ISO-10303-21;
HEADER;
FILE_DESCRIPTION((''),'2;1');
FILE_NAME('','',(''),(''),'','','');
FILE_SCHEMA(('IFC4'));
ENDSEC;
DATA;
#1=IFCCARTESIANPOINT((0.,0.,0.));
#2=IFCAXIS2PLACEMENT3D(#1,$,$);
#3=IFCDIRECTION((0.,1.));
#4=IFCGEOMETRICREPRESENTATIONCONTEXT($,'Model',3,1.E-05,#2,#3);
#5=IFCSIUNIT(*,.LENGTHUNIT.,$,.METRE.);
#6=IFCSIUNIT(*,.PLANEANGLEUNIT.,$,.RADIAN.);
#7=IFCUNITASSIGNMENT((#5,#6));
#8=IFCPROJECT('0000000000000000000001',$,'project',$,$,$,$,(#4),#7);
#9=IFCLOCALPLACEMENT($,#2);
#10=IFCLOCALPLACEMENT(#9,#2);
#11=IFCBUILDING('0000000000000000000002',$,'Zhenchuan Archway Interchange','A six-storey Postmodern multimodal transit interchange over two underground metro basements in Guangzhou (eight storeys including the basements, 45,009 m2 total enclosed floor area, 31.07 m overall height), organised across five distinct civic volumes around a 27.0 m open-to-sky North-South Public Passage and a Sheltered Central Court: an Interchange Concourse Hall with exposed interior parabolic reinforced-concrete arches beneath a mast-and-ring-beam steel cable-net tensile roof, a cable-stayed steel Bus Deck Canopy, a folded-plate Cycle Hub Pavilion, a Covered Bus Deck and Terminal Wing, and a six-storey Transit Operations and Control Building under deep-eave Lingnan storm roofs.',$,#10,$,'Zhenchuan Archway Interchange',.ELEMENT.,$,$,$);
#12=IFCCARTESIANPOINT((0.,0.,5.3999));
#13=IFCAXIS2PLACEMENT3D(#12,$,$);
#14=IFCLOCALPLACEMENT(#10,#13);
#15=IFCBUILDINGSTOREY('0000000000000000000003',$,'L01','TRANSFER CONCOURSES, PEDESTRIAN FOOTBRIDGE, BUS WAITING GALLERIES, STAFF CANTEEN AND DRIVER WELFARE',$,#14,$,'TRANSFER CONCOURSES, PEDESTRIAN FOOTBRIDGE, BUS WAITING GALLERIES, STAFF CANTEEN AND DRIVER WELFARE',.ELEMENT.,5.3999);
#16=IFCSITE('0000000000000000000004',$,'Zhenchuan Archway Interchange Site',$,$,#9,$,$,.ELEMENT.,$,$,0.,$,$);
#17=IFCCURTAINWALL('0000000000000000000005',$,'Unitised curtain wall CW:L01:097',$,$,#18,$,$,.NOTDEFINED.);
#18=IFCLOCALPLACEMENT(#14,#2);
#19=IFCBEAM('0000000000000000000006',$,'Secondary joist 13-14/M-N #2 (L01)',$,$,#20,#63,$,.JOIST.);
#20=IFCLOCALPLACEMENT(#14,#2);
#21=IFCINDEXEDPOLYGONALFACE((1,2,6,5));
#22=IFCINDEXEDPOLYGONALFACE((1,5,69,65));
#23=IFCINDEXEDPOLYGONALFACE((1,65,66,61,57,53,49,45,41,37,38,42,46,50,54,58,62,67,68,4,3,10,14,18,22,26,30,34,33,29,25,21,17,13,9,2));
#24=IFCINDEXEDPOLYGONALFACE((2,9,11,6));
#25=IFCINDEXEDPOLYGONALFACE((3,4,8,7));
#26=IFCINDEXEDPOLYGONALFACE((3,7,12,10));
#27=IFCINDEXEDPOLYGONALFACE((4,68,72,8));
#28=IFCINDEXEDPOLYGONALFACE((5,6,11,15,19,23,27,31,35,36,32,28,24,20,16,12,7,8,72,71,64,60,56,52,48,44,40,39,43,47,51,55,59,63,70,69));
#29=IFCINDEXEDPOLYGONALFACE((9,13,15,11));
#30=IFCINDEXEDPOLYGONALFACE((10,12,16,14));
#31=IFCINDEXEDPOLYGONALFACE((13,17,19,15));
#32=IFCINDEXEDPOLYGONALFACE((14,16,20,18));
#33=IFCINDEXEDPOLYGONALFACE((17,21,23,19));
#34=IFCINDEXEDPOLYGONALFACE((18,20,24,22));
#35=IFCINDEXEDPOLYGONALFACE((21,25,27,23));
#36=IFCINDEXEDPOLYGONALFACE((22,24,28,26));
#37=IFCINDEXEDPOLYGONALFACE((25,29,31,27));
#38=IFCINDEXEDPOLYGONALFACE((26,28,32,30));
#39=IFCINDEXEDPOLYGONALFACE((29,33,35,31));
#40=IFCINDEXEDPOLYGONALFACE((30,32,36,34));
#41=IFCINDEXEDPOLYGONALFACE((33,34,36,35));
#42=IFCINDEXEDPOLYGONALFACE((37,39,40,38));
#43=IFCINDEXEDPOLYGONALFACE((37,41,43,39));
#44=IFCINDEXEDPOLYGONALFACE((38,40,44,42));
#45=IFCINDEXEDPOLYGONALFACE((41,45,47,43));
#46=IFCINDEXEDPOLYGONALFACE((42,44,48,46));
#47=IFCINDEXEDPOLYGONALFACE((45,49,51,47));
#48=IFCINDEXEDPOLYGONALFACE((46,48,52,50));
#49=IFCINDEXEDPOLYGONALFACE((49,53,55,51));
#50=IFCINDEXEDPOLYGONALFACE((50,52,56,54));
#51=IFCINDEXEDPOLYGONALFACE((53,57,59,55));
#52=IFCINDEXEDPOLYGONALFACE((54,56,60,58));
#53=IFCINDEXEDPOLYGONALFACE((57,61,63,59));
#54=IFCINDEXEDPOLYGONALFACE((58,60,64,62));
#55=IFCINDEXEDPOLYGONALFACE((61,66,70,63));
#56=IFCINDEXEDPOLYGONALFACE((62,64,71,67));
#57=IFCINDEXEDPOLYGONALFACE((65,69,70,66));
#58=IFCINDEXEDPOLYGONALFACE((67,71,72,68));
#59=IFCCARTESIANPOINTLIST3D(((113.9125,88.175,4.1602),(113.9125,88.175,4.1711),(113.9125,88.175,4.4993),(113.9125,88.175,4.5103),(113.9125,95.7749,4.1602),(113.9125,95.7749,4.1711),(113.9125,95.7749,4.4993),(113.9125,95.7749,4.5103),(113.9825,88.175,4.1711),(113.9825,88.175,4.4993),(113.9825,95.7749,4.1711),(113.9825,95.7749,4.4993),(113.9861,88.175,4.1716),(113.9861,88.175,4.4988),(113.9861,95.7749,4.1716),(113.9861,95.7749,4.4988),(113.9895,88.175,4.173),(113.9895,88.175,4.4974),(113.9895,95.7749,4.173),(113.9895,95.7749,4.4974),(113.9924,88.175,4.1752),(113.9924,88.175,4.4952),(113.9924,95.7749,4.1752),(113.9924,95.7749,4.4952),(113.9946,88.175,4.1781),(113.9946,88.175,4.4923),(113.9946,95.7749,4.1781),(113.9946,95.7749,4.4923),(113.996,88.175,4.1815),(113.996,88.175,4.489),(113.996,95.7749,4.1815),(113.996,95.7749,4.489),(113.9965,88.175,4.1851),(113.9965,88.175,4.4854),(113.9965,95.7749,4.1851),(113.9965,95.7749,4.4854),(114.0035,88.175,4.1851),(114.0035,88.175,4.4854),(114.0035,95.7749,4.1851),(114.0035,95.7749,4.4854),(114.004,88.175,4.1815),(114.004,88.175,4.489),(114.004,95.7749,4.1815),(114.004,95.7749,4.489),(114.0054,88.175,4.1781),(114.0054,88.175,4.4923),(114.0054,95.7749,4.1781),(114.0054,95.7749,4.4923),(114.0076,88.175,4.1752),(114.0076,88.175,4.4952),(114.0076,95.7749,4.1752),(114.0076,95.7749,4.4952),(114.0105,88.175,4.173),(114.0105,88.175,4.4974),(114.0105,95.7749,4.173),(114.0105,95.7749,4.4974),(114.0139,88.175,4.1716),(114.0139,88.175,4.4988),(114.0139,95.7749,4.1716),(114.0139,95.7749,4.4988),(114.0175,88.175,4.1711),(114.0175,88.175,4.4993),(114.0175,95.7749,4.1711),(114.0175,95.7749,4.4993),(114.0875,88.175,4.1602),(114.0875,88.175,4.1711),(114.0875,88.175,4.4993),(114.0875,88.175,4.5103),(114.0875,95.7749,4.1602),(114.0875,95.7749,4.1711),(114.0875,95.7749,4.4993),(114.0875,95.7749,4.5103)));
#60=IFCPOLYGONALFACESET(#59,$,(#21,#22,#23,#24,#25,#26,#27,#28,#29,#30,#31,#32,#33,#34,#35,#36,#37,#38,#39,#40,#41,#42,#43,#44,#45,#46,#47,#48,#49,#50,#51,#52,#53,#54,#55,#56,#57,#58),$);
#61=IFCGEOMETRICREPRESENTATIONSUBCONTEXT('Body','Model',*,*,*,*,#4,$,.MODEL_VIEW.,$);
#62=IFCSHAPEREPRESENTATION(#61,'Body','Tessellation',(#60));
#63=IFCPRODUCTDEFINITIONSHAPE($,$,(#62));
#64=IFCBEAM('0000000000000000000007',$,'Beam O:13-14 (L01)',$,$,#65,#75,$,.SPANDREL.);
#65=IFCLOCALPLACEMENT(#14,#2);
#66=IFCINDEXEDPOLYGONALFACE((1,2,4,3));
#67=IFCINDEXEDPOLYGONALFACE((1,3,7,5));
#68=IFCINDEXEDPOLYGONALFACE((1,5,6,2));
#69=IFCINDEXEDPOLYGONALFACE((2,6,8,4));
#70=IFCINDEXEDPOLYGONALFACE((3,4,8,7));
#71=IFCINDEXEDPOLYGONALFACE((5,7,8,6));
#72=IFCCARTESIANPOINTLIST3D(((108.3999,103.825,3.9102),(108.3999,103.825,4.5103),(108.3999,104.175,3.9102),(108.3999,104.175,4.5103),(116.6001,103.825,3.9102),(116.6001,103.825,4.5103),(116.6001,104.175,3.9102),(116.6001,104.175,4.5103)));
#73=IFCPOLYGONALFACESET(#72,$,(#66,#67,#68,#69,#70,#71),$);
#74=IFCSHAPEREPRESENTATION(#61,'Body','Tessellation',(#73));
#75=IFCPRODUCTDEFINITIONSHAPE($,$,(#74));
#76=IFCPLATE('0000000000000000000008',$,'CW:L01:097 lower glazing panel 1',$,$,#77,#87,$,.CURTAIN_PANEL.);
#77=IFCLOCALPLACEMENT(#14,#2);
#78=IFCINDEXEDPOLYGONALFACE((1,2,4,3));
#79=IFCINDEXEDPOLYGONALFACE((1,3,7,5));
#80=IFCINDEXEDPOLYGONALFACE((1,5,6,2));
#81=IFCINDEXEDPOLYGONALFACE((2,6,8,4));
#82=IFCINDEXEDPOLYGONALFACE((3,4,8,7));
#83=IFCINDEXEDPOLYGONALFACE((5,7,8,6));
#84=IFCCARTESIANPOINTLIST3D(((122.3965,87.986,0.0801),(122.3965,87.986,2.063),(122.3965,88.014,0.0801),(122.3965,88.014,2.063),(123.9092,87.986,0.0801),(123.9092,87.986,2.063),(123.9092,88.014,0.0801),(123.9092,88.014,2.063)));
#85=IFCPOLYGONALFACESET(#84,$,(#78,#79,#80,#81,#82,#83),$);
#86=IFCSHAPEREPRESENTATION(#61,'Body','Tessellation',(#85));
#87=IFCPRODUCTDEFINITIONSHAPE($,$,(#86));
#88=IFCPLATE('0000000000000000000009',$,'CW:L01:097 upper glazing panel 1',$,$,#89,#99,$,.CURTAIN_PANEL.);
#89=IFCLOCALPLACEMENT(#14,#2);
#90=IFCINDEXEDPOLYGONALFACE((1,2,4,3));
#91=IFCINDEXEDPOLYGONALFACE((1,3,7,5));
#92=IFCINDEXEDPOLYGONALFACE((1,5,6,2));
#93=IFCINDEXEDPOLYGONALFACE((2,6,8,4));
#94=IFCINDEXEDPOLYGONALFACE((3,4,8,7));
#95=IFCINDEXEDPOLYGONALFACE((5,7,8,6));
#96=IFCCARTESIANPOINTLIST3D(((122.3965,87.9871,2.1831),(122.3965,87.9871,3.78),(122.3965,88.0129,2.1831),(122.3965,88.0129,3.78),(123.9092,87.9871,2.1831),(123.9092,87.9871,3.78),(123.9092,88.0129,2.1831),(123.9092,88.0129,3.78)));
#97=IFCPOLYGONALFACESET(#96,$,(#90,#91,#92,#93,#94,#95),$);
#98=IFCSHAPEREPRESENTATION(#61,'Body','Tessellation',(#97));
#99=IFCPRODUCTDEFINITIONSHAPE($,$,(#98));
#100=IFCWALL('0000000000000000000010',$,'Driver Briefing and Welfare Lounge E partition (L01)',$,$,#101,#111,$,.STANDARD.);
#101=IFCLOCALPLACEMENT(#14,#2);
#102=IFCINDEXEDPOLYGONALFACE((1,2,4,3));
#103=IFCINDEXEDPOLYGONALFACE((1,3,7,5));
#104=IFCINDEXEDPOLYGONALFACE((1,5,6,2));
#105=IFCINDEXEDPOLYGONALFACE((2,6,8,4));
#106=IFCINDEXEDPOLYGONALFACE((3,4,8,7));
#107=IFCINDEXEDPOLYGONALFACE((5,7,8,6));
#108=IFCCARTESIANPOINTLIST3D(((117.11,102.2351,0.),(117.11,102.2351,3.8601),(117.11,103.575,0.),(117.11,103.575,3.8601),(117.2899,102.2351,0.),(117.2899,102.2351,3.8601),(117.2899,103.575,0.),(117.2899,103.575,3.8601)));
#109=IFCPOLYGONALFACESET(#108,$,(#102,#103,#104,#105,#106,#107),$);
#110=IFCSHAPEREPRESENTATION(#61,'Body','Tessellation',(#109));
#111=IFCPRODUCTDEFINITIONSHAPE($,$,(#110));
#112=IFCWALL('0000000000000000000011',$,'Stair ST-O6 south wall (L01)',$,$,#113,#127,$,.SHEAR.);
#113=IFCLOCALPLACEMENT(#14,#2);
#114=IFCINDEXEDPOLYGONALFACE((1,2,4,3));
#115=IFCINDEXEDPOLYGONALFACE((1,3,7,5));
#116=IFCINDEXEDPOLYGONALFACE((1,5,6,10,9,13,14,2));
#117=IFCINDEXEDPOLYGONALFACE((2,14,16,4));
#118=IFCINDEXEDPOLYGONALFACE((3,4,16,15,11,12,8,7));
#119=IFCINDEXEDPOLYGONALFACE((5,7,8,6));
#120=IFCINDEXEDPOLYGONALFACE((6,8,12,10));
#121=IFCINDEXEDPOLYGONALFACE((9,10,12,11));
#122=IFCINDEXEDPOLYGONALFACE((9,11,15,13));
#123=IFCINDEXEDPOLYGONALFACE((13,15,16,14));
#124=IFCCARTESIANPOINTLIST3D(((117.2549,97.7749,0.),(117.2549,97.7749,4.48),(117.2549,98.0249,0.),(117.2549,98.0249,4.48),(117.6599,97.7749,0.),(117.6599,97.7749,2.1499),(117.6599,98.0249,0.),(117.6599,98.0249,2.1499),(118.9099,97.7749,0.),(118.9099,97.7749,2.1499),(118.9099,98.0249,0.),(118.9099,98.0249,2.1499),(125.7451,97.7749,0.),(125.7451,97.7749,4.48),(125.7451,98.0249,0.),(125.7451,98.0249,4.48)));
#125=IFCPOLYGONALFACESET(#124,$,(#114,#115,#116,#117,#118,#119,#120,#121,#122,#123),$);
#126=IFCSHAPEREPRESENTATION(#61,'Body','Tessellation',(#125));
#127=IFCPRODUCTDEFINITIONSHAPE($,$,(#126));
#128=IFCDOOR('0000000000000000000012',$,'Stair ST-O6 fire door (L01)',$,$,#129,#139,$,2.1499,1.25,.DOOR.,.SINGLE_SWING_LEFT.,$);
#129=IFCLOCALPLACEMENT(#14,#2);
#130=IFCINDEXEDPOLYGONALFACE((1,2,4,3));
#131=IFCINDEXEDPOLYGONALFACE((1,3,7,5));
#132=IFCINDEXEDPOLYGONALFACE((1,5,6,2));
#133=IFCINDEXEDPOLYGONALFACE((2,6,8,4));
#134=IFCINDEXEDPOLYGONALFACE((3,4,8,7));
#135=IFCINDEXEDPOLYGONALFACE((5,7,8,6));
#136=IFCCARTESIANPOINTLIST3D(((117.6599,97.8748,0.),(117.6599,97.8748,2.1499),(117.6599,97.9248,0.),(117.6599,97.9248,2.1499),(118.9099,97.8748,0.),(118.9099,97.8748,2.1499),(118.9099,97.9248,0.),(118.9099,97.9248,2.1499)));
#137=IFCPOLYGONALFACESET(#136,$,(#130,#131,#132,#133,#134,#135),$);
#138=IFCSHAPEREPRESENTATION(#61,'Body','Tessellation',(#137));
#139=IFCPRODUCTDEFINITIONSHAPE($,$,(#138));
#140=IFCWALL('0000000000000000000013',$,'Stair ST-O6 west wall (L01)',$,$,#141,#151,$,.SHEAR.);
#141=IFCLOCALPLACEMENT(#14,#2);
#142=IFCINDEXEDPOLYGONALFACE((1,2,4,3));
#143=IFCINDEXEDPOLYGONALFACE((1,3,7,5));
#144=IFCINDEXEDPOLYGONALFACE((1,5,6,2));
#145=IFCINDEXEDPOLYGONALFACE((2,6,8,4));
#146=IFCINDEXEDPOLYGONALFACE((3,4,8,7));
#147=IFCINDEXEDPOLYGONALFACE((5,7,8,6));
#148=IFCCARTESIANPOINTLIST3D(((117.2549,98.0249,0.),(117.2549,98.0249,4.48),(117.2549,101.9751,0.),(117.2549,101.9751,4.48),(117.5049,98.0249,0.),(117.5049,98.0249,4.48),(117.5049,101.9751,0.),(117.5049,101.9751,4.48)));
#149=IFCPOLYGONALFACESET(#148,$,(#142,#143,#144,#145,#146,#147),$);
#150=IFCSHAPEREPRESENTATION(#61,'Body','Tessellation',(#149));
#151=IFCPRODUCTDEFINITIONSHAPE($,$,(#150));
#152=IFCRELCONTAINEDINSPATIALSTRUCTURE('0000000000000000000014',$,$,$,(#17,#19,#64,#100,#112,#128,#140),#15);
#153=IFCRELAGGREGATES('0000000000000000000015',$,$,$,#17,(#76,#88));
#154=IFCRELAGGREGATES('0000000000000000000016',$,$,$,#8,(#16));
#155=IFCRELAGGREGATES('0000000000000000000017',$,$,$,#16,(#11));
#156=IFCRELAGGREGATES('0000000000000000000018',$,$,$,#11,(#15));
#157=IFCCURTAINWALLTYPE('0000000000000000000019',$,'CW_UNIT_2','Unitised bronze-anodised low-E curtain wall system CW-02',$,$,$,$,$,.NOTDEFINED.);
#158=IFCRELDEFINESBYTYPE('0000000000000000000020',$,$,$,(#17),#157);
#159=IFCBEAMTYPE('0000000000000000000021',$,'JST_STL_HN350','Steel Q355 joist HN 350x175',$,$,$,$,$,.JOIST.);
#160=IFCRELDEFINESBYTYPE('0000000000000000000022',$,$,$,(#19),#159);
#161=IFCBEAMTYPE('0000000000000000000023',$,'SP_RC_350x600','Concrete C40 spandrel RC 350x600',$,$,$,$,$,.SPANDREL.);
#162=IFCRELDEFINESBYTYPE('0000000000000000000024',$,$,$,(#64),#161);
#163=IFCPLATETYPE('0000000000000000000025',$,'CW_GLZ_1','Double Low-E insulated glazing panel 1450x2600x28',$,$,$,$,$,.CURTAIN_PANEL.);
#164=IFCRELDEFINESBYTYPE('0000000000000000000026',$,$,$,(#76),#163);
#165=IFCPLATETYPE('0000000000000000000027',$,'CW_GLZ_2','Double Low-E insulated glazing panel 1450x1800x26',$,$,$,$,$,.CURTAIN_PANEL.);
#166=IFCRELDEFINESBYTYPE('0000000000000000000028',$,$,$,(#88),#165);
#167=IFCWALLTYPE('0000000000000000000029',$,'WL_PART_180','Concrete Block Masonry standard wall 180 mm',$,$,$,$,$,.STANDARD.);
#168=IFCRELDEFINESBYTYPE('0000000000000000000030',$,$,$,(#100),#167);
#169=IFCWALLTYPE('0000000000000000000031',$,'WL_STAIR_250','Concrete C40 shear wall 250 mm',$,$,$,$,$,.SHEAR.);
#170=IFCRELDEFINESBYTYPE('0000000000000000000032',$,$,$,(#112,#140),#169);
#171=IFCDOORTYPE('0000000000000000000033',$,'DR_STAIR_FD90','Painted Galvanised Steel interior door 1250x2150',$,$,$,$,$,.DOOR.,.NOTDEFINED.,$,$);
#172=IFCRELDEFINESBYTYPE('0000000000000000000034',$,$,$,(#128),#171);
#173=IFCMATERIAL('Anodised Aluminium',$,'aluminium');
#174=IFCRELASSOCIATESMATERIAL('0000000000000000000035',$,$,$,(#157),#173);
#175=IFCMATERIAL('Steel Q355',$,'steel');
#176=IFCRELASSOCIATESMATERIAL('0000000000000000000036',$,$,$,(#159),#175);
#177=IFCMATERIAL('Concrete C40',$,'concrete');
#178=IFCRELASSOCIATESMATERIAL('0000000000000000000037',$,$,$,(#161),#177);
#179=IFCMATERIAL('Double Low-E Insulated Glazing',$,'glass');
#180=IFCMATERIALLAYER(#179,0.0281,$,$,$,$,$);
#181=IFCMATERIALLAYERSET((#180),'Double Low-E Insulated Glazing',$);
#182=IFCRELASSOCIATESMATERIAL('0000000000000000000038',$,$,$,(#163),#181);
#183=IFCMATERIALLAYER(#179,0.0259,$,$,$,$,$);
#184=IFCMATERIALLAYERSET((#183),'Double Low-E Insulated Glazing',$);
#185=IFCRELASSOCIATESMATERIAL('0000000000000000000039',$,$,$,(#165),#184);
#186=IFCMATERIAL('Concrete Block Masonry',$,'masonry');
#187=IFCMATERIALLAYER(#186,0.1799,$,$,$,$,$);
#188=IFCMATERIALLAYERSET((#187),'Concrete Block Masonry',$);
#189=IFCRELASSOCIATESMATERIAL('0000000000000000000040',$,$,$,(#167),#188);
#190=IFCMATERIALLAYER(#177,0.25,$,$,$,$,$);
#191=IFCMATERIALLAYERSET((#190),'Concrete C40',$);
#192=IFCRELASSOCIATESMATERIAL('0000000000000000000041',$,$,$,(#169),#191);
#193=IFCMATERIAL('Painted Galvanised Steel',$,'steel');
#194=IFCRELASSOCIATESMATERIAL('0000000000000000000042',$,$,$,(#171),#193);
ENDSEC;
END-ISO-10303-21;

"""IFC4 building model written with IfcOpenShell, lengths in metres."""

from ifc_helpers import new_model, si_unit, direction, frame, frame_2d, origin, origin_2d, place, context, subcontext, project, spatial, rectangle, i_section, extrude, material, layer, layer_set, material_profile, profile_set, type_object, element, fill, aggregate, save


model = new_model("IFC4")

# Units and contexts
model_context = context("Model", 3, precision=1e-05, world=origin(), true_north=direction((0.0, 1.0)))
body_context = subcontext(model_context, "Body", "Model", "MODEL_VIEW")
ifc_project = project(units=[si_unit("LENGTHUNIT", "METRE"), si_unit("PLANEANGLEUNIT", "RADIAN")], contexts=[model_context])

# Site, building, storey
site_placement = place(None, origin())
site = spatial("IfcSite", under=ifc_project, at=site_placement, Name="Zhenchuan Archway Interchange Site", CompositionType="ELEMENT", RefElevation=0.0)
building_placement = place(site_placement, origin())
building = spatial("IfcBuilding", under=site, at=building_placement, Name="Zhenchuan Archway Interchange", Description="A six-storey Postmodern multimodal transit interchange over two underground metro basements in Guangzhou (eight storeys including the basements, 45,009 m2 total enclosed floor area, 31.07 m overall height), organised across five distinct civic volumes around a 27.0 m open-to-sky North-South Public Passage and a Sheltered Central Court: an Interchange Concourse Hall with exposed interior parabolic reinforced-concrete arches beneath a mast-and-ring-beam steel cable-net tensile roof, a cable-stayed steel Bus Deck Canopy, a folded-plate Cycle Hub Pavilion, a Covered Bus Deck and Terminal Wing, and a six-storey Transit Operations and Control Building under deep-eave Lingnan storm roofs.", LongName="Zhenchuan Archway Interchange", CompositionType="ELEMENT")
storey_placement = place(building_placement, frame((0.0, 0.0, 5.3999)))
storey = spatial("IfcBuildingStorey", under=building, at=storey_placement, Name="L01", Description="TRANSFER CONCOURSES, PEDESTRIAN FOOTBRIDGE, BUS WAITING GALLERIES, STAFF CANTEEN AND DRIVER WELFARE", LongName="TRANSFER CONCOURSES, PEDESTRIAN FOOTBRIDGE, BUS WAITING GALLERIES, STAFF CANTEEN AND DRIVER WELFARE", CompositionType="ELEMENT", Elevation=5.3999)

# Shared definitions
ifc_material_1 = material(Name="Concrete C40", Category="concrete")

# Curtain wall
ifc_material_2 = material(Name="Anodised Aluminium", Category="aluminium")
curtain_wall_type = type_object("IfcCurtainWallType", Name="CW_UNIT_2", Description="Unitised bronze-anodised low-E curtain wall system CW-02", PredefinedType="NOTDEFINED", material=ifc_material_2)
curtain_wall_placement = place(storey_placement, origin())
curtain_wall = element("IfcCurtainWall", 1, at=curtain_wall_placement, inside=storey, type_object=curtain_wall_type, Name="Unitised curtain wall CW:L01:097", PredefinedType="NOTDEFINED")

# Beams
ifc_material_3 = material(Name="Steel Q355", Category="steel")
ifc_material_profile_1 = material_profile(ifc_material_3, i_section(OverallWidth=0.175, OverallDepth=0.3501, WebThickness=0.0071, FlangeThickness=0.011, FilletRadius=0.0139, at=origin_2d()), Name="HN 350x175")
ifc_profile_set_1 = profile_set([ifc_material_profile_1], Name="Steel Q355")
beam_type_1 = type_object("IfcBeamType", Name="JST_STL_HN350", Description="Steel Q355 joist HN 350x175", PredefinedType="JOIST", material=ifc_profile_set_1)
for number, where, z_axis, x_axis, name in (
    (2, (114.0, 88.175, 4.3352), (0.0, 1.0, 0.0), (-1.0, 0.0, 0.0), "Secondary joist 13-14/M-N #2 (L01)"),
):
    element("IfcBeam", number, at=place(storey_placement, frame(where, z_axis=z_axis, x_axis=x_axis)), inside=storey, type_object=beam_type_1, Name=name, PredefinedType="JOIST", context=body_context, shape_type="SweptSolid", body=[
        extrude(i_section(OverallWidth=0.175, OverallDepth=0.3501, WebThickness=0.0071, FlangeThickness=0.011, FilletRadius=0.0139, at=origin_2d()), origin(), (0.0, 0.0, 1.0), 7.5999),
    ])
ifc_material_profile_2 = material_profile(ifc_material_1, rectangle(XDim=0.3501, YDim=0.6001, at=origin_2d()), Name="RC 350x600")
ifc_profile_set_2 = profile_set([ifc_material_profile_2], Name="Concrete C40")
beam_type_2 = type_object("IfcBeamType", Name="SP_RC_350x600", Description="Concrete C40 spandrel RC 350x600", PredefinedType="SPANDREL", material=ifc_profile_set_2)
beam_1_placement = place(storey_placement, frame((108.3999, 104.0, 4.2102), z_axis=(1.0, 0.0, 0.0), x_axis=(0.0, 1.0, 0.0)))
element("IfcBeam", 3, at=beam_1_placement, inside=storey, type_object=beam_type_2, Name="Beam O:13-14 (L01)", PredefinedType="SPANDREL", context=body_context, shape_type="SweptSolid", body=[
    extrude(rectangle(XDim=0.3501, YDim=0.6001, at=origin_2d()), origin(), (0.0, 0.0, 1.0), 8.2002),
])

# Plates
ifc_material_4 = material(Name="Double Low-E Insulated Glazing", Category="glass")
ifc_layer_1 = layer(ifc_material_4, 0.0281)
ifc_layer_set_1 = layer_set([ifc_layer_1], Name="Double Low-E Insulated Glazing")
plate_type_1 = type_object("IfcPlateType", Name="CW_GLZ_1", Description="Double Low-E insulated glazing panel 1450x2600x28", PredefinedType="CURTAIN_PANEL", material=ifc_layer_set_1)
plate_1_placement = place(storey_placement, frame((123.1528, 88.0, 0.0801), z_axis=(0.0, 0.0, 1.0), x_axis=(-1.0, 0.0, 0.0)))
plate_1 = element("IfcPlate", 4, at=plate_1_placement, type_object=plate_type_1, Name="CW:L01:097 lower glazing panel 1", PredefinedType="CURTAIN_PANEL", context=body_context, shape_type="SweptSolid", body=[
    extrude(rectangle(XDim=1.5127, YDim=0.0281, at=origin_2d()), origin(), (0.0, 0.0, 1.0), 1.9829),
])
ifc_layer_2 = layer(ifc_material_4, 0.0259)
ifc_layer_set_2 = layer_set([ifc_layer_2], Name="Double Low-E Insulated Glazing")
plate_type_2 = type_object("IfcPlateType", Name="CW_GLZ_2", Description="Double Low-E insulated glazing panel 1450x1800x26", PredefinedType="CURTAIN_PANEL", material=ifc_layer_set_2)
plate_2_placement = place(storey_placement, frame((123.1528, 88.0, 2.1831), z_axis=(0.0, 0.0, 1.0), x_axis=(-1.0, 0.0, 0.0)))
plate_2 = element("IfcPlate", 5, at=plate_2_placement, type_object=plate_type_2, Name="CW:L01:097 upper glazing panel 1", PredefinedType="CURTAIN_PANEL", context=body_context, shape_type="SweptSolid", body=[
    extrude(rectangle(XDim=1.5127, YDim=0.0259, at=origin_2d()), origin(), (0.0, 0.0, 1.0), 1.5969),
])
aggregate(curtain_wall, [plate_1, plate_2])

# Wall
ifc_material_5 = material(Name="Concrete Block Masonry", Category="masonry")
ifc_layer_3 = layer(ifc_material_5, 0.1799)
ifc_layer_set_3 = layer_set([ifc_layer_3], Name="Concrete Block Masonry")
wall_type_1 = type_object("IfcWallType", Name="WL_PART_180", Description="Concrete Block Masonry standard wall 180 mm", PredefinedType="STANDARD", material=ifc_layer_set_3)
wall_1_placement = place(storey_placement, frame((117.2, 102.2351, 0.0), z_axis=(0.0, 0.0, 1.0), x_axis=(0.0, 1.0, 0.0)))
element("IfcWall", 6, at=wall_1_placement, inside=storey, type_object=wall_type_1, Name="Driver Briefing and Welfare Lounge E partition (L01)", PredefinedType="STANDARD", context=body_context, shape_type="SweptSolid", body=[
    extrude(rectangle(XDim=1.3398, YDim=0.1799, at=frame_2d((0.6699, 0.0))), origin(), (0.0, 0.0, 1.0), 3.8601),
])

# Wall, opening, door
ifc_layer_4 = layer(ifc_material_1, 0.25)
ifc_layer_set_4 = layer_set([ifc_layer_4], Name="Concrete C40")
wall_type_2 = type_object("IfcWallType", Name="WL_STAIR_250", Description="Concrete C40 shear wall 250 mm", PredefinedType="SHEAR", material=ifc_layer_set_4)
wall_2_placement = place(storey_placement, frame((117.2549, 97.8999, 0.0), z_axis=(0.0, 0.0, 1.0), x_axis=(1.0, 0.0, 0.0)))
wall_2 = element("IfcWall", 7, at=wall_2_placement, inside=storey, type_object=wall_type_2, Name="Stair ST-O6 south wall (L01)", PredefinedType="SHEAR", context=body_context, shape_type="SweptSolid", body=[
    extrude(rectangle(XDim=8.4902, YDim=0.25, at=frame_2d((4.2451, 0.0))), origin(), (0.0, 0.0, 1.0), 4.48),
])
opening_placement = place(wall_2_placement, frame((0.405, 0.0, 0.0)))
opening = element("IfcOpeningElement", 8, at=opening_placement, cuts=wall_2, PredefinedType="OPENING", context=body_context, shape_type="SweptSolid", body=[
    extrude(rectangle(XDim=1.25, YDim=2.1499, at=frame_2d((0.625, 1.075))), frame((0.0, 0.137, 0.0), z_axis=(0.0, -1.0, 0.0), x_axis=(1.0, 0.0, 0.0)), (0.0, 0.0, 1.0), 0.2739),
])
ifc_material_6 = material(Name="Painted Galvanised Steel", Category="steel")
door_type = type_object("IfcDoorType", Name="DR_STAIR_FD90", Description="Painted Galvanised Steel interior door 1250x2150", OperationType="NOTDEFINED", PredefinedType="DOOR", material=ifc_material_6)
door_placement = place(opening_placement, origin())
door = element("IfcDoor", 9, at=door_placement, inside=storey, type_object=door_type, Name="Stair ST-O6 fire door (L01)", OperationType="SINGLE_SWING_LEFT", OverallHeight=2.1499, OverallWidth=1.25, PredefinedType="DOOR", context=body_context, shape_type="SweptSolid", body=[
    extrude(rectangle(XDim=1.25, YDim=2.1499, at=frame_2d((0.625, 1.075))), frame((0.0, 0.0249, 0.0), z_axis=(0.0, -1.0, 0.0), x_axis=(1.0, 0.0, 0.0)), (0.0, 0.0, 1.0), 0.05),
])
fill(opening, door)

# Wall
wall_3_placement = place(storey_placement, frame((117.3799, 101.9751, 0.0), z_axis=(0.0, 0.0, 1.0), x_axis=(0.0, -1.0, 0.0)))
element("IfcWall", 10, at=wall_3_placement, inside=storey, type_object=wall_type_2, Name="Stair ST-O6 west wall (L01)", PredefinedType="SHEAR", context=body_context, shape_type="SweptSolid", body=[
    extrude(rectangle(XDim=3.9502, YDim=0.25, at=frame_2d((1.9751, 0.0))), origin(), (0.0, 0.0, 1.0), 4.48),
])

save(model, "model.ifc")
